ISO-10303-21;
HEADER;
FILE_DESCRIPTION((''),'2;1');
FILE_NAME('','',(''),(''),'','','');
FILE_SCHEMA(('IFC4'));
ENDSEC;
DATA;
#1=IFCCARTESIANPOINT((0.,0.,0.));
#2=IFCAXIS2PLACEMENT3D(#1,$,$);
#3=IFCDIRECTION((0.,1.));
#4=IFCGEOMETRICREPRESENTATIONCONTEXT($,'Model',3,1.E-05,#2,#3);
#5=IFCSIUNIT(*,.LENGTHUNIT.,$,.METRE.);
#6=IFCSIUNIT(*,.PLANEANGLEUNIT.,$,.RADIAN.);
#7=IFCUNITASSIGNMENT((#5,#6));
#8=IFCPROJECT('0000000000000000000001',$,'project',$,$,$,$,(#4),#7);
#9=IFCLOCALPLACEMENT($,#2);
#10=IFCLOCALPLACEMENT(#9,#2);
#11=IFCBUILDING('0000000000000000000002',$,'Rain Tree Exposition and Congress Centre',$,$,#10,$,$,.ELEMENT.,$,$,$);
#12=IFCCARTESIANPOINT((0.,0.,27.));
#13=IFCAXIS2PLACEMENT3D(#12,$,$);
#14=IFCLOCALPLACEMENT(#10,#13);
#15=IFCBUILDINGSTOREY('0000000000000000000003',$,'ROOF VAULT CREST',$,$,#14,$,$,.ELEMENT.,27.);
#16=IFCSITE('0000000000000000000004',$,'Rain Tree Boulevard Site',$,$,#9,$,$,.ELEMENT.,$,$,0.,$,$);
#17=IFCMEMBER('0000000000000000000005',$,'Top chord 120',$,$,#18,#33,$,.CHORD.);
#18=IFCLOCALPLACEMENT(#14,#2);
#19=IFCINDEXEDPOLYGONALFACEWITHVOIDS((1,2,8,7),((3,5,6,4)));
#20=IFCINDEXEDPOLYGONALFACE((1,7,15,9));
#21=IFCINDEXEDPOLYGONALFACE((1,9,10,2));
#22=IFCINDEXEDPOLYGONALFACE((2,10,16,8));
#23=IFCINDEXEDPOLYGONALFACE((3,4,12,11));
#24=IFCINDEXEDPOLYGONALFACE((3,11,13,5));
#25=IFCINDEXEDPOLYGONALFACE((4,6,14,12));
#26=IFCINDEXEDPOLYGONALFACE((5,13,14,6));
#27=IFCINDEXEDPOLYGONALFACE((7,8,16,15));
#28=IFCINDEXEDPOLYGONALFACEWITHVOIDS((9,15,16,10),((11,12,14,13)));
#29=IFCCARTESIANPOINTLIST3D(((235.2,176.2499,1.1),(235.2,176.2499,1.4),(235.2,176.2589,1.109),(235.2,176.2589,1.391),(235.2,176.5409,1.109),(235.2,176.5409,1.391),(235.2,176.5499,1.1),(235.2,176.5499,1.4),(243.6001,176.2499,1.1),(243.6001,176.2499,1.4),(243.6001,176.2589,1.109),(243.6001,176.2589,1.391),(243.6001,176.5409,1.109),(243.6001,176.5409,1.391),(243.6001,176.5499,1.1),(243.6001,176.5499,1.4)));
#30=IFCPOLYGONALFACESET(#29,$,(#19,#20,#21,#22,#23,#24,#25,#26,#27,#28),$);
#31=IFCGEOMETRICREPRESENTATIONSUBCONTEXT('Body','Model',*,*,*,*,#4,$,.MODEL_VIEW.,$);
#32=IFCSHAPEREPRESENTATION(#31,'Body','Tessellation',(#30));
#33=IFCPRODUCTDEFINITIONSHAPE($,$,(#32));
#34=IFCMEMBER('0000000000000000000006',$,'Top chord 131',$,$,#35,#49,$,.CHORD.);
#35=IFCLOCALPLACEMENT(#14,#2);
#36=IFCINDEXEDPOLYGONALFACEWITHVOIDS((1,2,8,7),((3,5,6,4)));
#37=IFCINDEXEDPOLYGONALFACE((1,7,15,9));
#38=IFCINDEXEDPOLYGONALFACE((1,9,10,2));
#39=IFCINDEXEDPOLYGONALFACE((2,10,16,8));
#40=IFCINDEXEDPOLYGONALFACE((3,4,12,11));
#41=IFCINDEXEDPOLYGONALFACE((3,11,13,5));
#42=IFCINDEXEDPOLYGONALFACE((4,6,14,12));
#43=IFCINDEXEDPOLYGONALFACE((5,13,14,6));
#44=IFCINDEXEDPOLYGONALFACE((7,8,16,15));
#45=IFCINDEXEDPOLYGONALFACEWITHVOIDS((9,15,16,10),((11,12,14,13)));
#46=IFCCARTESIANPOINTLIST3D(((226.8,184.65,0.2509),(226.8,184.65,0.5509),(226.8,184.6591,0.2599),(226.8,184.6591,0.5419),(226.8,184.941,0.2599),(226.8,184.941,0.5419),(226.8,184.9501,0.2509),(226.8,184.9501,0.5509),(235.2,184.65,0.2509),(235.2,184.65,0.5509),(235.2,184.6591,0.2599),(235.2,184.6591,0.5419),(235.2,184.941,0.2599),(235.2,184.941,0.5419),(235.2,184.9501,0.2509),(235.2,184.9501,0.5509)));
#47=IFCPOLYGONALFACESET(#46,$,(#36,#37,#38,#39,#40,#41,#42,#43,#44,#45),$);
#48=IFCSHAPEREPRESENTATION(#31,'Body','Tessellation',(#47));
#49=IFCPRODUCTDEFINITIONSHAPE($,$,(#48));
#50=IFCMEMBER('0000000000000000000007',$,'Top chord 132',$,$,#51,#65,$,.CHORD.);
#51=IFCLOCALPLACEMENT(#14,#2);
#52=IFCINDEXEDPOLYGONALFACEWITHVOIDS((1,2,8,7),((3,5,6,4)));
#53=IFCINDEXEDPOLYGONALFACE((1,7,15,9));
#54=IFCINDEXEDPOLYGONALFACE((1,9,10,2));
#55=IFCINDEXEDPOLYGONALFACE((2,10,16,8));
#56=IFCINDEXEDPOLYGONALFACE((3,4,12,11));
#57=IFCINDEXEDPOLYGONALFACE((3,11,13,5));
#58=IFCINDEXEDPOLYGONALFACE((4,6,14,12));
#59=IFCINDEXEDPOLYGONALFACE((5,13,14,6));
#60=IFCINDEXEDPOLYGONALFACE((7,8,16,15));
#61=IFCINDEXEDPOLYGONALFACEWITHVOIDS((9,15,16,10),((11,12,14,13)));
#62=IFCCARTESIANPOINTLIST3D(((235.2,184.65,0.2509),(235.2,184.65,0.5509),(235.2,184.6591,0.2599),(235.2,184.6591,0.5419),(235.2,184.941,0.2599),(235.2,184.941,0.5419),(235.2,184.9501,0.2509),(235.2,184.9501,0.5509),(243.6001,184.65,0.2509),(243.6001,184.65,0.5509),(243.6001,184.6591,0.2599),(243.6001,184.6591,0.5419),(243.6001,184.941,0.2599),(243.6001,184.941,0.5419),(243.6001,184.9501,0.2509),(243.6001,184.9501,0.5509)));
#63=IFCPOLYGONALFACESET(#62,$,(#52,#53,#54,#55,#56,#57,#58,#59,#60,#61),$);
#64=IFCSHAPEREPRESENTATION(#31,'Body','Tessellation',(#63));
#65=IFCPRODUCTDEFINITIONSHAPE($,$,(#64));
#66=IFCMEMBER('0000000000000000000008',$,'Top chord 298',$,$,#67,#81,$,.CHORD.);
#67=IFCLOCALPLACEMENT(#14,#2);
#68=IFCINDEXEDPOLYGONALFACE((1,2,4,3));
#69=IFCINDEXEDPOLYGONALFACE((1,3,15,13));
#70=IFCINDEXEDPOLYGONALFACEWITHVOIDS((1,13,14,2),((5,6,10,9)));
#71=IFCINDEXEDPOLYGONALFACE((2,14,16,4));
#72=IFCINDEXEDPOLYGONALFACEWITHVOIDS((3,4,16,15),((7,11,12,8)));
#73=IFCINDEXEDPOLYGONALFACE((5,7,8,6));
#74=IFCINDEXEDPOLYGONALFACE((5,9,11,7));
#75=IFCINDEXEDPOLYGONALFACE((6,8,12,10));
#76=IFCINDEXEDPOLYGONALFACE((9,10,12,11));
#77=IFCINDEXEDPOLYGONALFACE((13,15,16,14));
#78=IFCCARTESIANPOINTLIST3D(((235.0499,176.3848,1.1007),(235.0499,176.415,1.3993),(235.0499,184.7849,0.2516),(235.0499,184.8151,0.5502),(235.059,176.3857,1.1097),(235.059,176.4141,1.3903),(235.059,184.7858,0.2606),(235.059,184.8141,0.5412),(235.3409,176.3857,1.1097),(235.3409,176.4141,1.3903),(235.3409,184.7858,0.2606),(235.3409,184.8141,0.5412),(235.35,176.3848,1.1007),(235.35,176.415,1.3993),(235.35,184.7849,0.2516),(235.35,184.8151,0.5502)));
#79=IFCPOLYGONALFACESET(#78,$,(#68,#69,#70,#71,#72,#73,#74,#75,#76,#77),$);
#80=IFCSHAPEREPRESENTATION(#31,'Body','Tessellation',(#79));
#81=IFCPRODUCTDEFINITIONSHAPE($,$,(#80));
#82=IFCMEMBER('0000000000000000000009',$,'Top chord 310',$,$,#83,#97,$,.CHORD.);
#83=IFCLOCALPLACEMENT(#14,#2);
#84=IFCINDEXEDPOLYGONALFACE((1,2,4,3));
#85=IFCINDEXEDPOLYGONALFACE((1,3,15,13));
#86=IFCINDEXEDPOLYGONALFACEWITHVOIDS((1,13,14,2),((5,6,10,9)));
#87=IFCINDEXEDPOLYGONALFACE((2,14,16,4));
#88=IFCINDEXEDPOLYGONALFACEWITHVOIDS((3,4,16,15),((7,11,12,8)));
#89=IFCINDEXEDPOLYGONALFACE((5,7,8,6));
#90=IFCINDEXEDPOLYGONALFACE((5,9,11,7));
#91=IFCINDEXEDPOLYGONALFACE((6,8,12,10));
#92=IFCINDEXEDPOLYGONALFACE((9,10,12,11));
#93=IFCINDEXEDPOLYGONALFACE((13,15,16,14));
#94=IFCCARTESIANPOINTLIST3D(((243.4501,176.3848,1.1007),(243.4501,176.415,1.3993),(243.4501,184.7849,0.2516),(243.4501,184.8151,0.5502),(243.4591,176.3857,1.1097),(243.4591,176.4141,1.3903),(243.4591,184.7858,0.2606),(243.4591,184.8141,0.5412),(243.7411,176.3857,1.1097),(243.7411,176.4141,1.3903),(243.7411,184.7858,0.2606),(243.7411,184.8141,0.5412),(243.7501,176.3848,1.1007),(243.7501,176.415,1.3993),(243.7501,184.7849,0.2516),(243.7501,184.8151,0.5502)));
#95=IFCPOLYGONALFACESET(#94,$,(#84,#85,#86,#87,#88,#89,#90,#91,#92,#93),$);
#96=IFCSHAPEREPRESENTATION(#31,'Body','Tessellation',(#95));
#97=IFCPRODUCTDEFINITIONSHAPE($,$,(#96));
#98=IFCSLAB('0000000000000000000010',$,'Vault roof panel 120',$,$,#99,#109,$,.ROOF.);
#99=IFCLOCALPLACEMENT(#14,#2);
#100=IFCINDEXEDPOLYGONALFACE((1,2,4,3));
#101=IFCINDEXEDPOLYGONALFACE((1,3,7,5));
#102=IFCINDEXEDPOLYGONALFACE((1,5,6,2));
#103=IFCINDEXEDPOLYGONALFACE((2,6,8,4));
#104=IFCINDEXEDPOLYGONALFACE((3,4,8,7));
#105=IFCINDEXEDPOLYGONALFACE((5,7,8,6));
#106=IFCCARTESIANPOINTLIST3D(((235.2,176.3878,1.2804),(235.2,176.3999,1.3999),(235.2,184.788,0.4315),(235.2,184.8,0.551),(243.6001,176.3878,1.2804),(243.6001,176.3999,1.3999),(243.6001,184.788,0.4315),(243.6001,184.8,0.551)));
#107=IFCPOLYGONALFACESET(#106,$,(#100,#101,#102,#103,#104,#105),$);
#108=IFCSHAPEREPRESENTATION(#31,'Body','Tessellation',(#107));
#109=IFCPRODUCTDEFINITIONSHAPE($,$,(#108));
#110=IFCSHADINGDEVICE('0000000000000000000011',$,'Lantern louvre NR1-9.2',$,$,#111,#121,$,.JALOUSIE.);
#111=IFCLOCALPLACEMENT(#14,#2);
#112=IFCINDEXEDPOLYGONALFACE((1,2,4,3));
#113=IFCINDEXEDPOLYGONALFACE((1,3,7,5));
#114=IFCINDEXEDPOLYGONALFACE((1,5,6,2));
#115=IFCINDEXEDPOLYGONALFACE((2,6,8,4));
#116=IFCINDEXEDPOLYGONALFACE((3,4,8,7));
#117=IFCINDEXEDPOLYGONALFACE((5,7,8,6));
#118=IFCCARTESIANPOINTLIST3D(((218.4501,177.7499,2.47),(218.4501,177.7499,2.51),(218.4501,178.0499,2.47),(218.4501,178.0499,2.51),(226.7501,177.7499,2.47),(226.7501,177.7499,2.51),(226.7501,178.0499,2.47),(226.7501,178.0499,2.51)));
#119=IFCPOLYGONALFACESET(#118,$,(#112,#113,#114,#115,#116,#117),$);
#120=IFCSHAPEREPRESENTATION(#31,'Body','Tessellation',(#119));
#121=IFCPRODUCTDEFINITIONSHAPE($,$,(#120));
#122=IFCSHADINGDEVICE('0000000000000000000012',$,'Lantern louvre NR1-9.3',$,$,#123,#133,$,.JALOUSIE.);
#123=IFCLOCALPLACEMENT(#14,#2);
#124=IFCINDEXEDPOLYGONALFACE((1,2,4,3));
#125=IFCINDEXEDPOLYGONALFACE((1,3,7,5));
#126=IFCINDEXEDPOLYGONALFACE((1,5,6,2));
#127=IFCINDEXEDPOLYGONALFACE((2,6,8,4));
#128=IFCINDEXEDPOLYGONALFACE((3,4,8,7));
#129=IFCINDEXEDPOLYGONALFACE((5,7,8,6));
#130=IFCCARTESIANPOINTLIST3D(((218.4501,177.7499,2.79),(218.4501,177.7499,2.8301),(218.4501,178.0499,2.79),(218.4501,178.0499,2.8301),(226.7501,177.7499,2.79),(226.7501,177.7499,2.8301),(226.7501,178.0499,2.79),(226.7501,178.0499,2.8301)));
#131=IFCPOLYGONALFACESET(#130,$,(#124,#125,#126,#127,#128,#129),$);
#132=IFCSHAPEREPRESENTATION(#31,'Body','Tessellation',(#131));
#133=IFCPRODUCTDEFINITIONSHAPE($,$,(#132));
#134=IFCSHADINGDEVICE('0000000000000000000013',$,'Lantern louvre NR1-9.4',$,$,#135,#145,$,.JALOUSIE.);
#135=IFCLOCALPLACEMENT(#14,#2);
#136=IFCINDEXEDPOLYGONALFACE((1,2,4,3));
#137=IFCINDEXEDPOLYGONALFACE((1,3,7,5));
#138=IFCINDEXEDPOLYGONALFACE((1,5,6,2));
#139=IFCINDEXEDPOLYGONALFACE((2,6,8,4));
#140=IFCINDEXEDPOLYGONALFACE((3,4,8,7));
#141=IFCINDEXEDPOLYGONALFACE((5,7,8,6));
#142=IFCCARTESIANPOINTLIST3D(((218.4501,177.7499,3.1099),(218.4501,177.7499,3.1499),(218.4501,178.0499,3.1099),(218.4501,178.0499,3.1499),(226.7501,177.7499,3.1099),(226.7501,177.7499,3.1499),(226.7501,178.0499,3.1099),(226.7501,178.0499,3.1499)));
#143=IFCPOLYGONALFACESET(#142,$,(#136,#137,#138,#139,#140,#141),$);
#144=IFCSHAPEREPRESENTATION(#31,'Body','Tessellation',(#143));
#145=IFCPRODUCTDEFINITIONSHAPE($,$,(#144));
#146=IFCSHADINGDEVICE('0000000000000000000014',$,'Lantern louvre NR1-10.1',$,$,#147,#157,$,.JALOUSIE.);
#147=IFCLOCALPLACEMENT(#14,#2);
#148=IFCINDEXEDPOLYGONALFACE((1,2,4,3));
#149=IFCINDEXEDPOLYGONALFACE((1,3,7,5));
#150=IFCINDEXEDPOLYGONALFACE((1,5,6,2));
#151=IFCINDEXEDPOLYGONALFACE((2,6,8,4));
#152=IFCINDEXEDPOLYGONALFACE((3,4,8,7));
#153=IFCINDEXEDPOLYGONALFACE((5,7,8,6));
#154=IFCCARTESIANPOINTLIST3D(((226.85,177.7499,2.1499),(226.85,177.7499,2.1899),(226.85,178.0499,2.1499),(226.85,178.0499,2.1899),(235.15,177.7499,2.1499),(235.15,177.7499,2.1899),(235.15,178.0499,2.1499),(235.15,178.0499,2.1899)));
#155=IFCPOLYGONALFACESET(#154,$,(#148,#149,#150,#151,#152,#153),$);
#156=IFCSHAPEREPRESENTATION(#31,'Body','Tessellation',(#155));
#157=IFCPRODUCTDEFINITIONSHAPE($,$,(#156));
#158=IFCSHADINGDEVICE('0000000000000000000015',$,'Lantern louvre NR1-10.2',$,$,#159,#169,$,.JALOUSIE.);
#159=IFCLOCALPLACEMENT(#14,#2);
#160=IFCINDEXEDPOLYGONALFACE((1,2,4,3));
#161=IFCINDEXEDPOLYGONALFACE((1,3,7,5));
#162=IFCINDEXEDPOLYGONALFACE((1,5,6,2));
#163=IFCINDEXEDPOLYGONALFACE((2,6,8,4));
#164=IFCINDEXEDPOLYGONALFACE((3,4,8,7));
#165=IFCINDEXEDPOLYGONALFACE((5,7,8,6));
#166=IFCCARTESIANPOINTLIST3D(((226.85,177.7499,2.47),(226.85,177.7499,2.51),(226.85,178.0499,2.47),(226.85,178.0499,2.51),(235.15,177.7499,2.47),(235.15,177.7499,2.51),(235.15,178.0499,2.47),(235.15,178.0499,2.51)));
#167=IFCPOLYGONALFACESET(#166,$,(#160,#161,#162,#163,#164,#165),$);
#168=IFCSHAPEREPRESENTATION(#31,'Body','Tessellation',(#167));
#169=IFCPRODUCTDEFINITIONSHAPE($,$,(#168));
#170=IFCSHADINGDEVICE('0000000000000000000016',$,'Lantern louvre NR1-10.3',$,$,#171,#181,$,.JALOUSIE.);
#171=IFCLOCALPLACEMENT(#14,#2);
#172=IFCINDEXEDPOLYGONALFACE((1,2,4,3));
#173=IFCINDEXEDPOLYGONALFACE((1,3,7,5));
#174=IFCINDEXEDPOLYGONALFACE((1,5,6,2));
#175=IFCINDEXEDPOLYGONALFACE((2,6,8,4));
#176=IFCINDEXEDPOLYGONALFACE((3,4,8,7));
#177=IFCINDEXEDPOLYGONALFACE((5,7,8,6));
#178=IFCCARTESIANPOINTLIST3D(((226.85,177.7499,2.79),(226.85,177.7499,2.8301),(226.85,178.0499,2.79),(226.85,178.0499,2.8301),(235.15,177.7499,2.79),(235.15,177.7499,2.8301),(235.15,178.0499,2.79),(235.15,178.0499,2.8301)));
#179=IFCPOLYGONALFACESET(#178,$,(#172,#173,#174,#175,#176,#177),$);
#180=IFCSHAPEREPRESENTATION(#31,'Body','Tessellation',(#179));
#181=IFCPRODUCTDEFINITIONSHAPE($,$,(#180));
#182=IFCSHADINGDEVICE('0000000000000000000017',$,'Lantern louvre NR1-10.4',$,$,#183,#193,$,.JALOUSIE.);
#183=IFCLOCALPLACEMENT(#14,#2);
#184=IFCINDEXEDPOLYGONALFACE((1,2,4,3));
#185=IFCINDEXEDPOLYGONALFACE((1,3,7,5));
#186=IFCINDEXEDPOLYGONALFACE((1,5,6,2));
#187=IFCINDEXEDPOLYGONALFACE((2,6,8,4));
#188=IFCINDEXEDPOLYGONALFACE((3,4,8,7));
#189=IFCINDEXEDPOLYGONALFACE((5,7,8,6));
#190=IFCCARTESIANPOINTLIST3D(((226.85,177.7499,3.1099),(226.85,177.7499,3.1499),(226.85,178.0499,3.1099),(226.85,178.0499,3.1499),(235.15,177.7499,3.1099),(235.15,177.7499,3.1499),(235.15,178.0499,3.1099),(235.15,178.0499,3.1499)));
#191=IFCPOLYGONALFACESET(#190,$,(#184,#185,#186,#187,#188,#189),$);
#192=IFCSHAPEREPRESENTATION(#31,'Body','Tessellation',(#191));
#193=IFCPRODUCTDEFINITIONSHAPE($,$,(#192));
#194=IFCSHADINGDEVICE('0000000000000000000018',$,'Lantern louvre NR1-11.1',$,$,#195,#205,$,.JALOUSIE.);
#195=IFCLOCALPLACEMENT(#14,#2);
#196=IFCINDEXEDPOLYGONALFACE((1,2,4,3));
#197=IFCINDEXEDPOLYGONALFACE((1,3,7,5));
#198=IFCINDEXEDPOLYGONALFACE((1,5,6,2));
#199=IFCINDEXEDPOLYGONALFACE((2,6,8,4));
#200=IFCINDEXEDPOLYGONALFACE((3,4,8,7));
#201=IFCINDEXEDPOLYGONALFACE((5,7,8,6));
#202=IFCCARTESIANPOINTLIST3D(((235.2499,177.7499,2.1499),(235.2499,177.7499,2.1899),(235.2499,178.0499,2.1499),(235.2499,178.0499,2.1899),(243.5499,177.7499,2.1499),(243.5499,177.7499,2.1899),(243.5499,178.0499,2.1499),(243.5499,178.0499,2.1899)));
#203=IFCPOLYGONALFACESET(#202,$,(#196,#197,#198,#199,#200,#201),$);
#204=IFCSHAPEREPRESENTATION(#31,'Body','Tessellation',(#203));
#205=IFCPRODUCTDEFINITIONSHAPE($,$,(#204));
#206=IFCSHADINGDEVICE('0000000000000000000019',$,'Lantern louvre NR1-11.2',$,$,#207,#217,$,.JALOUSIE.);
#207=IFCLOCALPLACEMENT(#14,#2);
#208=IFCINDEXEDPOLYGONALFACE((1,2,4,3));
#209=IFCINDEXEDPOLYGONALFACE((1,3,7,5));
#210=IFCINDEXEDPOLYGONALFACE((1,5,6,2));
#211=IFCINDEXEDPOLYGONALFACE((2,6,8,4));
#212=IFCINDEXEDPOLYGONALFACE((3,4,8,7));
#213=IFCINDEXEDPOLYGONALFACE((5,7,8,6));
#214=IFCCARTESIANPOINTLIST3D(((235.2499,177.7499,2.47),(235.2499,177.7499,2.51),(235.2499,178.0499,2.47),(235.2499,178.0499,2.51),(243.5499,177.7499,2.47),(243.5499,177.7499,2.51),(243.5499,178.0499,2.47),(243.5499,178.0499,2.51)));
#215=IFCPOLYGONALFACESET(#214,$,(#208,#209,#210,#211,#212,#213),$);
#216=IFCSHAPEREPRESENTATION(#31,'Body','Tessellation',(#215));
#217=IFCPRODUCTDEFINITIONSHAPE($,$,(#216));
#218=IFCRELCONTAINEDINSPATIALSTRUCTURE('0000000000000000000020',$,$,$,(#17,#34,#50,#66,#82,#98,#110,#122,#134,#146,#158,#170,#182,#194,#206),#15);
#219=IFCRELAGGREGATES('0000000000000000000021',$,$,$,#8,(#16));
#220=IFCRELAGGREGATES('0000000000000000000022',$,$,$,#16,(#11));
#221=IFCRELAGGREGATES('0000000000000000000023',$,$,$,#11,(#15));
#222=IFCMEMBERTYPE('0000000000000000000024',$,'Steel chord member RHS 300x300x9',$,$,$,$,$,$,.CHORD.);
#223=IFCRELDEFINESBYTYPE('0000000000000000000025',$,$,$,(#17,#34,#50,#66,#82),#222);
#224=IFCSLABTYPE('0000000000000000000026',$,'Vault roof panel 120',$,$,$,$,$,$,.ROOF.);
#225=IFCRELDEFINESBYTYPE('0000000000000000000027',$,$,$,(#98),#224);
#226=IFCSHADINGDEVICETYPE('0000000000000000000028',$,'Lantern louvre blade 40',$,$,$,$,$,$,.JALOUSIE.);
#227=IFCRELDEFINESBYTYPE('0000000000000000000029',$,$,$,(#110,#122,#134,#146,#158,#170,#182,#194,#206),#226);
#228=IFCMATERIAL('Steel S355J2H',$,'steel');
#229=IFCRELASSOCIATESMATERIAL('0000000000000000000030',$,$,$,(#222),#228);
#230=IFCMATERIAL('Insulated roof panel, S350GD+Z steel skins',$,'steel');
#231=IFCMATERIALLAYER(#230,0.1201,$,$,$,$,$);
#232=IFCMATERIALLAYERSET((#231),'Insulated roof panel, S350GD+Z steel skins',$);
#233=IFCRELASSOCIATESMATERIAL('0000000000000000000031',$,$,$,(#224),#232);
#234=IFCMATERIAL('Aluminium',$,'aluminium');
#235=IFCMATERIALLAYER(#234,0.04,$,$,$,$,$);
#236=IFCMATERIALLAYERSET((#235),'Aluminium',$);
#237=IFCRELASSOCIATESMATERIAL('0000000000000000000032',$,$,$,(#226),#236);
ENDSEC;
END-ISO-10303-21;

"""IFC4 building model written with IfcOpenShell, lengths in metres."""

from ifc_helpers import new_model, si_unit, direction, frame, origin, origin_2d, place, context, subcontext, project, spatial, polyline, rectangle, hollow_rectangle, outline, extrude, material, layer, layer_set, material_profile, profile_set, type_object, element, save


model = new_model("IFC4")

# Units and contexts
model_context = context("Model", 3, precision=1e-05, world=origin(), true_north=direction((0.0, 1.0)))
body_context = subcontext(model_context, "Body", "Model", "MODEL_VIEW")
ifc_project = project(units=[si_unit("LENGTHUNIT", "METRE"), si_unit("PLANEANGLEUNIT", "RADIAN")], contexts=[model_context])

# Site, building, storey
site_placement = place(None, origin())
site = spatial("IfcSite", under=ifc_project, at=site_placement, Name="Rain Tree Boulevard Site", CompositionType="ELEMENT", RefElevation=0.0)
building_placement = place(site_placement, origin())
building = spatial("IfcBuilding", under=site, at=building_placement, Name="Rain Tree Exposition and Congress Centre", CompositionType="ELEMENT")
storey_placement = place(building_placement, frame((0.0, 0.0, 27.0)))
storey = spatial("IfcBuildingStorey", under=building, at=storey_placement, Name="ROOF VAULT CREST", CompositionType="ELEMENT", Elevation=27.0)

# Members
ifc_material_1 = material(Name="Steel S355J2H", Category="steel")
ifc_material_profile_1 = material_profile(ifc_material_1, hollow_rectangle(XDim=0.3, YDim=0.3, WallThickness=0.009, at=origin_2d()), Name="RHS 300x300x9")
ifc_profile_set_1 = profile_set([ifc_material_profile_1], Name="Steel S355J2H")
member_type = type_object("IfcMemberType", Name="Steel chord member RHS 300x300x9", PredefinedType="CHORD", material=ifc_profile_set_1)
member_1_placement = place(storey_placement, frame((235.2, 176.3999, 1.25), z_axis=(1.0, 0.0, 0.0), x_axis=(0.0, 1.0, 0.0)))
element("IfcMember", 1, at=member_1_placement, inside=storey, type_object=member_type, Name="Top chord 120", PredefinedType="CHORD", context=body_context, shape_type="SweptSolid", body=[
    extrude(hollow_rectangle(XDim=0.3, YDim=0.3, WallThickness=0.009, at=origin_2d()), origin(), (0.0, 0.0, 1.0), 8.4001),
])
member_2_placement = place(storey_placement, frame((226.8, 184.8, 0.4009), z_axis=(1.0, 0.0, 0.0), x_axis=(0.0, 1.0, 0.0)))
element("IfcMember", 2, at=member_2_placement, inside=storey, type_object=member_type, Name="Top chord 131", PredefinedType="CHORD", context=body_context, shape_type="SweptSolid", body=[
    extrude(hollow_rectangle(XDim=0.3, YDim=0.3, WallThickness=0.009, at=origin_2d()), origin(), (0.0, 0.0, 1.0), 8.3999),
])
member_3_placement = place(storey_placement, frame((235.2, 184.8, 0.4009), z_axis=(1.0, 0.0, 0.0), x_axis=(0.0, 1.0, 0.0)))
element("IfcMember", 3, at=member_3_placement, inside=storey, type_object=member_type, Name="Top chord 132", PredefinedType="CHORD", context=body_context, shape_type="SweptSolid", body=[
    extrude(hollow_rectangle(XDim=0.3, YDim=0.3, WallThickness=0.009, at=origin_2d()), origin(), (0.0, 0.0, 1.0), 8.4001),
])
for number, where, z_axis, x_axis, name in (
    (4, (235.2, 176.3999, 1.25), (0.0, 0.99493, -0.100572), (-1.0, 0.0, 0.0), "Top chord 298"),
    (5, (243.6001, 176.3999, 1.25), (0.0, 0.99493, -0.100572), (-1.0, 0.0, 0.0), "Top chord 310"),
):
    element("IfcMember", number, at=place(storey_placement, frame(where, z_axis=z_axis, x_axis=x_axis)), inside=storey, type_object=member_type, Name=name, PredefinedType="CHORD", context=body_context, shape_type="SweptSolid", body=[
        extrude(hollow_rectangle(XDim=0.3, YDim=0.3, WallThickness=0.009, at=origin_2d()), origin(), (0.0, 0.0, 1.0), 8.4429),
    ])

# Slab
ifc_material_2 = material(Name="Insulated roof panel, S350GD+Z steel skins", Category="steel")
ifc_layer_1 = layer(ifc_material_2, 0.1201)
ifc_layer_set_1 = layer_set([ifc_layer_1], Name="Insulated roof panel, S350GD+Z steel skins")
slab_type = type_object("IfcSlabType", Name="Vault roof panel 120", PredefinedType="ROOF", material=ifc_layer_set_1)
slab_placement = place(storey_placement, frame((235.2, 176.3999, 1.3999), z_axis=(0.0, 0.100543, 0.994933), x_axis=(1.0, 0.0, 0.0)))
element("IfcSlab", 6, at=slab_placement, inside=storey, type_object=slab_type, Name="Vault roof panel 120", PredefinedType="ROOF", context=body_context, shape_type="SweptSolid", body=[
    extrude(outline(polyline([(0.0, 0.0), (8.4001, 0.0), (8.4001, 8.4429), (0.0, 8.4429), (0.0, 0.0)])), origin(), (0.0, 0.0, -1.0), 0.1201),
])

# Shading devices
ifc_material_3 = material(Name="Aluminium", Category="aluminium")
ifc_layer_2 = layer(ifc_material_3, 0.04)
ifc_layer_set_2 = layer_set([ifc_layer_2], Name="Aluminium")
shading_device_type = type_object("IfcShadingDeviceType", Name="Lantern louvre blade 40", PredefinedType="JALOUSIE", material=ifc_layer_set_2)
for number, where, z_axis, x_axis, name in (
    (7, (222.6001, 177.8999, 2.47), (0.0, 0.0, 1.0), (1.0, 0.0, 0.0), "Lantern louvre NR1-9.2"),
    (8, (222.6001, 177.8999, 2.79), (0.0, 0.0, 1.0), (1.0, 0.0, 0.0), "Lantern louvre NR1-9.3"),
    (9, (222.6001, 177.8999, 3.1099), (0.0, 0.0, 1.0), (1.0, 0.0, 0.0), "Lantern louvre NR1-9.4"),
    (10, (231.0, 177.8999, 2.1499), (0.0, 0.0, 1.0), (1.0, 0.0, 0.0), "Lantern louvre NR1-10.1"),
    (11, (231.0, 177.8999, 2.47), (0.0, 0.0, 1.0), (1.0, 0.0, 0.0), "Lantern louvre NR1-10.2"),
    (12, (231.0, 177.8999, 2.79), (0.0, 0.0, 1.0), (1.0, 0.0, 0.0), "Lantern louvre NR1-10.3"),
    (13, (231.0, 177.8999, 3.1099), (0.0, 0.0, 1.0), (1.0, 0.0, 0.0), "Lantern louvre NR1-10.4"),
    (14, (239.3999, 177.8999, 2.1499), (0.0, 0.0, 1.0), (1.0, 0.0, 0.0), "Lantern louvre NR1-11.1"),
    (15, (239.3999, 177.8999, 2.47), (0.0, 0.0, 1.0), (1.0, 0.0, 0.0), "Lantern louvre NR1-11.2"),
):
    element("IfcShadingDevice", number, at=place(storey_placement, frame(where, z_axis=z_axis, x_axis=x_axis)), inside=storey, type_object=shading_device_type, Name=name, PredefinedType="JALOUSIE", context=body_context, shape_type="SweptSolid", body=[
        extrude(rectangle(XDim=8.3, YDim=0.3, at=origin_2d()), origin(), (0.0, 0.0, 1.0), 0.04),
    ])

save(model, "model.ifc")
